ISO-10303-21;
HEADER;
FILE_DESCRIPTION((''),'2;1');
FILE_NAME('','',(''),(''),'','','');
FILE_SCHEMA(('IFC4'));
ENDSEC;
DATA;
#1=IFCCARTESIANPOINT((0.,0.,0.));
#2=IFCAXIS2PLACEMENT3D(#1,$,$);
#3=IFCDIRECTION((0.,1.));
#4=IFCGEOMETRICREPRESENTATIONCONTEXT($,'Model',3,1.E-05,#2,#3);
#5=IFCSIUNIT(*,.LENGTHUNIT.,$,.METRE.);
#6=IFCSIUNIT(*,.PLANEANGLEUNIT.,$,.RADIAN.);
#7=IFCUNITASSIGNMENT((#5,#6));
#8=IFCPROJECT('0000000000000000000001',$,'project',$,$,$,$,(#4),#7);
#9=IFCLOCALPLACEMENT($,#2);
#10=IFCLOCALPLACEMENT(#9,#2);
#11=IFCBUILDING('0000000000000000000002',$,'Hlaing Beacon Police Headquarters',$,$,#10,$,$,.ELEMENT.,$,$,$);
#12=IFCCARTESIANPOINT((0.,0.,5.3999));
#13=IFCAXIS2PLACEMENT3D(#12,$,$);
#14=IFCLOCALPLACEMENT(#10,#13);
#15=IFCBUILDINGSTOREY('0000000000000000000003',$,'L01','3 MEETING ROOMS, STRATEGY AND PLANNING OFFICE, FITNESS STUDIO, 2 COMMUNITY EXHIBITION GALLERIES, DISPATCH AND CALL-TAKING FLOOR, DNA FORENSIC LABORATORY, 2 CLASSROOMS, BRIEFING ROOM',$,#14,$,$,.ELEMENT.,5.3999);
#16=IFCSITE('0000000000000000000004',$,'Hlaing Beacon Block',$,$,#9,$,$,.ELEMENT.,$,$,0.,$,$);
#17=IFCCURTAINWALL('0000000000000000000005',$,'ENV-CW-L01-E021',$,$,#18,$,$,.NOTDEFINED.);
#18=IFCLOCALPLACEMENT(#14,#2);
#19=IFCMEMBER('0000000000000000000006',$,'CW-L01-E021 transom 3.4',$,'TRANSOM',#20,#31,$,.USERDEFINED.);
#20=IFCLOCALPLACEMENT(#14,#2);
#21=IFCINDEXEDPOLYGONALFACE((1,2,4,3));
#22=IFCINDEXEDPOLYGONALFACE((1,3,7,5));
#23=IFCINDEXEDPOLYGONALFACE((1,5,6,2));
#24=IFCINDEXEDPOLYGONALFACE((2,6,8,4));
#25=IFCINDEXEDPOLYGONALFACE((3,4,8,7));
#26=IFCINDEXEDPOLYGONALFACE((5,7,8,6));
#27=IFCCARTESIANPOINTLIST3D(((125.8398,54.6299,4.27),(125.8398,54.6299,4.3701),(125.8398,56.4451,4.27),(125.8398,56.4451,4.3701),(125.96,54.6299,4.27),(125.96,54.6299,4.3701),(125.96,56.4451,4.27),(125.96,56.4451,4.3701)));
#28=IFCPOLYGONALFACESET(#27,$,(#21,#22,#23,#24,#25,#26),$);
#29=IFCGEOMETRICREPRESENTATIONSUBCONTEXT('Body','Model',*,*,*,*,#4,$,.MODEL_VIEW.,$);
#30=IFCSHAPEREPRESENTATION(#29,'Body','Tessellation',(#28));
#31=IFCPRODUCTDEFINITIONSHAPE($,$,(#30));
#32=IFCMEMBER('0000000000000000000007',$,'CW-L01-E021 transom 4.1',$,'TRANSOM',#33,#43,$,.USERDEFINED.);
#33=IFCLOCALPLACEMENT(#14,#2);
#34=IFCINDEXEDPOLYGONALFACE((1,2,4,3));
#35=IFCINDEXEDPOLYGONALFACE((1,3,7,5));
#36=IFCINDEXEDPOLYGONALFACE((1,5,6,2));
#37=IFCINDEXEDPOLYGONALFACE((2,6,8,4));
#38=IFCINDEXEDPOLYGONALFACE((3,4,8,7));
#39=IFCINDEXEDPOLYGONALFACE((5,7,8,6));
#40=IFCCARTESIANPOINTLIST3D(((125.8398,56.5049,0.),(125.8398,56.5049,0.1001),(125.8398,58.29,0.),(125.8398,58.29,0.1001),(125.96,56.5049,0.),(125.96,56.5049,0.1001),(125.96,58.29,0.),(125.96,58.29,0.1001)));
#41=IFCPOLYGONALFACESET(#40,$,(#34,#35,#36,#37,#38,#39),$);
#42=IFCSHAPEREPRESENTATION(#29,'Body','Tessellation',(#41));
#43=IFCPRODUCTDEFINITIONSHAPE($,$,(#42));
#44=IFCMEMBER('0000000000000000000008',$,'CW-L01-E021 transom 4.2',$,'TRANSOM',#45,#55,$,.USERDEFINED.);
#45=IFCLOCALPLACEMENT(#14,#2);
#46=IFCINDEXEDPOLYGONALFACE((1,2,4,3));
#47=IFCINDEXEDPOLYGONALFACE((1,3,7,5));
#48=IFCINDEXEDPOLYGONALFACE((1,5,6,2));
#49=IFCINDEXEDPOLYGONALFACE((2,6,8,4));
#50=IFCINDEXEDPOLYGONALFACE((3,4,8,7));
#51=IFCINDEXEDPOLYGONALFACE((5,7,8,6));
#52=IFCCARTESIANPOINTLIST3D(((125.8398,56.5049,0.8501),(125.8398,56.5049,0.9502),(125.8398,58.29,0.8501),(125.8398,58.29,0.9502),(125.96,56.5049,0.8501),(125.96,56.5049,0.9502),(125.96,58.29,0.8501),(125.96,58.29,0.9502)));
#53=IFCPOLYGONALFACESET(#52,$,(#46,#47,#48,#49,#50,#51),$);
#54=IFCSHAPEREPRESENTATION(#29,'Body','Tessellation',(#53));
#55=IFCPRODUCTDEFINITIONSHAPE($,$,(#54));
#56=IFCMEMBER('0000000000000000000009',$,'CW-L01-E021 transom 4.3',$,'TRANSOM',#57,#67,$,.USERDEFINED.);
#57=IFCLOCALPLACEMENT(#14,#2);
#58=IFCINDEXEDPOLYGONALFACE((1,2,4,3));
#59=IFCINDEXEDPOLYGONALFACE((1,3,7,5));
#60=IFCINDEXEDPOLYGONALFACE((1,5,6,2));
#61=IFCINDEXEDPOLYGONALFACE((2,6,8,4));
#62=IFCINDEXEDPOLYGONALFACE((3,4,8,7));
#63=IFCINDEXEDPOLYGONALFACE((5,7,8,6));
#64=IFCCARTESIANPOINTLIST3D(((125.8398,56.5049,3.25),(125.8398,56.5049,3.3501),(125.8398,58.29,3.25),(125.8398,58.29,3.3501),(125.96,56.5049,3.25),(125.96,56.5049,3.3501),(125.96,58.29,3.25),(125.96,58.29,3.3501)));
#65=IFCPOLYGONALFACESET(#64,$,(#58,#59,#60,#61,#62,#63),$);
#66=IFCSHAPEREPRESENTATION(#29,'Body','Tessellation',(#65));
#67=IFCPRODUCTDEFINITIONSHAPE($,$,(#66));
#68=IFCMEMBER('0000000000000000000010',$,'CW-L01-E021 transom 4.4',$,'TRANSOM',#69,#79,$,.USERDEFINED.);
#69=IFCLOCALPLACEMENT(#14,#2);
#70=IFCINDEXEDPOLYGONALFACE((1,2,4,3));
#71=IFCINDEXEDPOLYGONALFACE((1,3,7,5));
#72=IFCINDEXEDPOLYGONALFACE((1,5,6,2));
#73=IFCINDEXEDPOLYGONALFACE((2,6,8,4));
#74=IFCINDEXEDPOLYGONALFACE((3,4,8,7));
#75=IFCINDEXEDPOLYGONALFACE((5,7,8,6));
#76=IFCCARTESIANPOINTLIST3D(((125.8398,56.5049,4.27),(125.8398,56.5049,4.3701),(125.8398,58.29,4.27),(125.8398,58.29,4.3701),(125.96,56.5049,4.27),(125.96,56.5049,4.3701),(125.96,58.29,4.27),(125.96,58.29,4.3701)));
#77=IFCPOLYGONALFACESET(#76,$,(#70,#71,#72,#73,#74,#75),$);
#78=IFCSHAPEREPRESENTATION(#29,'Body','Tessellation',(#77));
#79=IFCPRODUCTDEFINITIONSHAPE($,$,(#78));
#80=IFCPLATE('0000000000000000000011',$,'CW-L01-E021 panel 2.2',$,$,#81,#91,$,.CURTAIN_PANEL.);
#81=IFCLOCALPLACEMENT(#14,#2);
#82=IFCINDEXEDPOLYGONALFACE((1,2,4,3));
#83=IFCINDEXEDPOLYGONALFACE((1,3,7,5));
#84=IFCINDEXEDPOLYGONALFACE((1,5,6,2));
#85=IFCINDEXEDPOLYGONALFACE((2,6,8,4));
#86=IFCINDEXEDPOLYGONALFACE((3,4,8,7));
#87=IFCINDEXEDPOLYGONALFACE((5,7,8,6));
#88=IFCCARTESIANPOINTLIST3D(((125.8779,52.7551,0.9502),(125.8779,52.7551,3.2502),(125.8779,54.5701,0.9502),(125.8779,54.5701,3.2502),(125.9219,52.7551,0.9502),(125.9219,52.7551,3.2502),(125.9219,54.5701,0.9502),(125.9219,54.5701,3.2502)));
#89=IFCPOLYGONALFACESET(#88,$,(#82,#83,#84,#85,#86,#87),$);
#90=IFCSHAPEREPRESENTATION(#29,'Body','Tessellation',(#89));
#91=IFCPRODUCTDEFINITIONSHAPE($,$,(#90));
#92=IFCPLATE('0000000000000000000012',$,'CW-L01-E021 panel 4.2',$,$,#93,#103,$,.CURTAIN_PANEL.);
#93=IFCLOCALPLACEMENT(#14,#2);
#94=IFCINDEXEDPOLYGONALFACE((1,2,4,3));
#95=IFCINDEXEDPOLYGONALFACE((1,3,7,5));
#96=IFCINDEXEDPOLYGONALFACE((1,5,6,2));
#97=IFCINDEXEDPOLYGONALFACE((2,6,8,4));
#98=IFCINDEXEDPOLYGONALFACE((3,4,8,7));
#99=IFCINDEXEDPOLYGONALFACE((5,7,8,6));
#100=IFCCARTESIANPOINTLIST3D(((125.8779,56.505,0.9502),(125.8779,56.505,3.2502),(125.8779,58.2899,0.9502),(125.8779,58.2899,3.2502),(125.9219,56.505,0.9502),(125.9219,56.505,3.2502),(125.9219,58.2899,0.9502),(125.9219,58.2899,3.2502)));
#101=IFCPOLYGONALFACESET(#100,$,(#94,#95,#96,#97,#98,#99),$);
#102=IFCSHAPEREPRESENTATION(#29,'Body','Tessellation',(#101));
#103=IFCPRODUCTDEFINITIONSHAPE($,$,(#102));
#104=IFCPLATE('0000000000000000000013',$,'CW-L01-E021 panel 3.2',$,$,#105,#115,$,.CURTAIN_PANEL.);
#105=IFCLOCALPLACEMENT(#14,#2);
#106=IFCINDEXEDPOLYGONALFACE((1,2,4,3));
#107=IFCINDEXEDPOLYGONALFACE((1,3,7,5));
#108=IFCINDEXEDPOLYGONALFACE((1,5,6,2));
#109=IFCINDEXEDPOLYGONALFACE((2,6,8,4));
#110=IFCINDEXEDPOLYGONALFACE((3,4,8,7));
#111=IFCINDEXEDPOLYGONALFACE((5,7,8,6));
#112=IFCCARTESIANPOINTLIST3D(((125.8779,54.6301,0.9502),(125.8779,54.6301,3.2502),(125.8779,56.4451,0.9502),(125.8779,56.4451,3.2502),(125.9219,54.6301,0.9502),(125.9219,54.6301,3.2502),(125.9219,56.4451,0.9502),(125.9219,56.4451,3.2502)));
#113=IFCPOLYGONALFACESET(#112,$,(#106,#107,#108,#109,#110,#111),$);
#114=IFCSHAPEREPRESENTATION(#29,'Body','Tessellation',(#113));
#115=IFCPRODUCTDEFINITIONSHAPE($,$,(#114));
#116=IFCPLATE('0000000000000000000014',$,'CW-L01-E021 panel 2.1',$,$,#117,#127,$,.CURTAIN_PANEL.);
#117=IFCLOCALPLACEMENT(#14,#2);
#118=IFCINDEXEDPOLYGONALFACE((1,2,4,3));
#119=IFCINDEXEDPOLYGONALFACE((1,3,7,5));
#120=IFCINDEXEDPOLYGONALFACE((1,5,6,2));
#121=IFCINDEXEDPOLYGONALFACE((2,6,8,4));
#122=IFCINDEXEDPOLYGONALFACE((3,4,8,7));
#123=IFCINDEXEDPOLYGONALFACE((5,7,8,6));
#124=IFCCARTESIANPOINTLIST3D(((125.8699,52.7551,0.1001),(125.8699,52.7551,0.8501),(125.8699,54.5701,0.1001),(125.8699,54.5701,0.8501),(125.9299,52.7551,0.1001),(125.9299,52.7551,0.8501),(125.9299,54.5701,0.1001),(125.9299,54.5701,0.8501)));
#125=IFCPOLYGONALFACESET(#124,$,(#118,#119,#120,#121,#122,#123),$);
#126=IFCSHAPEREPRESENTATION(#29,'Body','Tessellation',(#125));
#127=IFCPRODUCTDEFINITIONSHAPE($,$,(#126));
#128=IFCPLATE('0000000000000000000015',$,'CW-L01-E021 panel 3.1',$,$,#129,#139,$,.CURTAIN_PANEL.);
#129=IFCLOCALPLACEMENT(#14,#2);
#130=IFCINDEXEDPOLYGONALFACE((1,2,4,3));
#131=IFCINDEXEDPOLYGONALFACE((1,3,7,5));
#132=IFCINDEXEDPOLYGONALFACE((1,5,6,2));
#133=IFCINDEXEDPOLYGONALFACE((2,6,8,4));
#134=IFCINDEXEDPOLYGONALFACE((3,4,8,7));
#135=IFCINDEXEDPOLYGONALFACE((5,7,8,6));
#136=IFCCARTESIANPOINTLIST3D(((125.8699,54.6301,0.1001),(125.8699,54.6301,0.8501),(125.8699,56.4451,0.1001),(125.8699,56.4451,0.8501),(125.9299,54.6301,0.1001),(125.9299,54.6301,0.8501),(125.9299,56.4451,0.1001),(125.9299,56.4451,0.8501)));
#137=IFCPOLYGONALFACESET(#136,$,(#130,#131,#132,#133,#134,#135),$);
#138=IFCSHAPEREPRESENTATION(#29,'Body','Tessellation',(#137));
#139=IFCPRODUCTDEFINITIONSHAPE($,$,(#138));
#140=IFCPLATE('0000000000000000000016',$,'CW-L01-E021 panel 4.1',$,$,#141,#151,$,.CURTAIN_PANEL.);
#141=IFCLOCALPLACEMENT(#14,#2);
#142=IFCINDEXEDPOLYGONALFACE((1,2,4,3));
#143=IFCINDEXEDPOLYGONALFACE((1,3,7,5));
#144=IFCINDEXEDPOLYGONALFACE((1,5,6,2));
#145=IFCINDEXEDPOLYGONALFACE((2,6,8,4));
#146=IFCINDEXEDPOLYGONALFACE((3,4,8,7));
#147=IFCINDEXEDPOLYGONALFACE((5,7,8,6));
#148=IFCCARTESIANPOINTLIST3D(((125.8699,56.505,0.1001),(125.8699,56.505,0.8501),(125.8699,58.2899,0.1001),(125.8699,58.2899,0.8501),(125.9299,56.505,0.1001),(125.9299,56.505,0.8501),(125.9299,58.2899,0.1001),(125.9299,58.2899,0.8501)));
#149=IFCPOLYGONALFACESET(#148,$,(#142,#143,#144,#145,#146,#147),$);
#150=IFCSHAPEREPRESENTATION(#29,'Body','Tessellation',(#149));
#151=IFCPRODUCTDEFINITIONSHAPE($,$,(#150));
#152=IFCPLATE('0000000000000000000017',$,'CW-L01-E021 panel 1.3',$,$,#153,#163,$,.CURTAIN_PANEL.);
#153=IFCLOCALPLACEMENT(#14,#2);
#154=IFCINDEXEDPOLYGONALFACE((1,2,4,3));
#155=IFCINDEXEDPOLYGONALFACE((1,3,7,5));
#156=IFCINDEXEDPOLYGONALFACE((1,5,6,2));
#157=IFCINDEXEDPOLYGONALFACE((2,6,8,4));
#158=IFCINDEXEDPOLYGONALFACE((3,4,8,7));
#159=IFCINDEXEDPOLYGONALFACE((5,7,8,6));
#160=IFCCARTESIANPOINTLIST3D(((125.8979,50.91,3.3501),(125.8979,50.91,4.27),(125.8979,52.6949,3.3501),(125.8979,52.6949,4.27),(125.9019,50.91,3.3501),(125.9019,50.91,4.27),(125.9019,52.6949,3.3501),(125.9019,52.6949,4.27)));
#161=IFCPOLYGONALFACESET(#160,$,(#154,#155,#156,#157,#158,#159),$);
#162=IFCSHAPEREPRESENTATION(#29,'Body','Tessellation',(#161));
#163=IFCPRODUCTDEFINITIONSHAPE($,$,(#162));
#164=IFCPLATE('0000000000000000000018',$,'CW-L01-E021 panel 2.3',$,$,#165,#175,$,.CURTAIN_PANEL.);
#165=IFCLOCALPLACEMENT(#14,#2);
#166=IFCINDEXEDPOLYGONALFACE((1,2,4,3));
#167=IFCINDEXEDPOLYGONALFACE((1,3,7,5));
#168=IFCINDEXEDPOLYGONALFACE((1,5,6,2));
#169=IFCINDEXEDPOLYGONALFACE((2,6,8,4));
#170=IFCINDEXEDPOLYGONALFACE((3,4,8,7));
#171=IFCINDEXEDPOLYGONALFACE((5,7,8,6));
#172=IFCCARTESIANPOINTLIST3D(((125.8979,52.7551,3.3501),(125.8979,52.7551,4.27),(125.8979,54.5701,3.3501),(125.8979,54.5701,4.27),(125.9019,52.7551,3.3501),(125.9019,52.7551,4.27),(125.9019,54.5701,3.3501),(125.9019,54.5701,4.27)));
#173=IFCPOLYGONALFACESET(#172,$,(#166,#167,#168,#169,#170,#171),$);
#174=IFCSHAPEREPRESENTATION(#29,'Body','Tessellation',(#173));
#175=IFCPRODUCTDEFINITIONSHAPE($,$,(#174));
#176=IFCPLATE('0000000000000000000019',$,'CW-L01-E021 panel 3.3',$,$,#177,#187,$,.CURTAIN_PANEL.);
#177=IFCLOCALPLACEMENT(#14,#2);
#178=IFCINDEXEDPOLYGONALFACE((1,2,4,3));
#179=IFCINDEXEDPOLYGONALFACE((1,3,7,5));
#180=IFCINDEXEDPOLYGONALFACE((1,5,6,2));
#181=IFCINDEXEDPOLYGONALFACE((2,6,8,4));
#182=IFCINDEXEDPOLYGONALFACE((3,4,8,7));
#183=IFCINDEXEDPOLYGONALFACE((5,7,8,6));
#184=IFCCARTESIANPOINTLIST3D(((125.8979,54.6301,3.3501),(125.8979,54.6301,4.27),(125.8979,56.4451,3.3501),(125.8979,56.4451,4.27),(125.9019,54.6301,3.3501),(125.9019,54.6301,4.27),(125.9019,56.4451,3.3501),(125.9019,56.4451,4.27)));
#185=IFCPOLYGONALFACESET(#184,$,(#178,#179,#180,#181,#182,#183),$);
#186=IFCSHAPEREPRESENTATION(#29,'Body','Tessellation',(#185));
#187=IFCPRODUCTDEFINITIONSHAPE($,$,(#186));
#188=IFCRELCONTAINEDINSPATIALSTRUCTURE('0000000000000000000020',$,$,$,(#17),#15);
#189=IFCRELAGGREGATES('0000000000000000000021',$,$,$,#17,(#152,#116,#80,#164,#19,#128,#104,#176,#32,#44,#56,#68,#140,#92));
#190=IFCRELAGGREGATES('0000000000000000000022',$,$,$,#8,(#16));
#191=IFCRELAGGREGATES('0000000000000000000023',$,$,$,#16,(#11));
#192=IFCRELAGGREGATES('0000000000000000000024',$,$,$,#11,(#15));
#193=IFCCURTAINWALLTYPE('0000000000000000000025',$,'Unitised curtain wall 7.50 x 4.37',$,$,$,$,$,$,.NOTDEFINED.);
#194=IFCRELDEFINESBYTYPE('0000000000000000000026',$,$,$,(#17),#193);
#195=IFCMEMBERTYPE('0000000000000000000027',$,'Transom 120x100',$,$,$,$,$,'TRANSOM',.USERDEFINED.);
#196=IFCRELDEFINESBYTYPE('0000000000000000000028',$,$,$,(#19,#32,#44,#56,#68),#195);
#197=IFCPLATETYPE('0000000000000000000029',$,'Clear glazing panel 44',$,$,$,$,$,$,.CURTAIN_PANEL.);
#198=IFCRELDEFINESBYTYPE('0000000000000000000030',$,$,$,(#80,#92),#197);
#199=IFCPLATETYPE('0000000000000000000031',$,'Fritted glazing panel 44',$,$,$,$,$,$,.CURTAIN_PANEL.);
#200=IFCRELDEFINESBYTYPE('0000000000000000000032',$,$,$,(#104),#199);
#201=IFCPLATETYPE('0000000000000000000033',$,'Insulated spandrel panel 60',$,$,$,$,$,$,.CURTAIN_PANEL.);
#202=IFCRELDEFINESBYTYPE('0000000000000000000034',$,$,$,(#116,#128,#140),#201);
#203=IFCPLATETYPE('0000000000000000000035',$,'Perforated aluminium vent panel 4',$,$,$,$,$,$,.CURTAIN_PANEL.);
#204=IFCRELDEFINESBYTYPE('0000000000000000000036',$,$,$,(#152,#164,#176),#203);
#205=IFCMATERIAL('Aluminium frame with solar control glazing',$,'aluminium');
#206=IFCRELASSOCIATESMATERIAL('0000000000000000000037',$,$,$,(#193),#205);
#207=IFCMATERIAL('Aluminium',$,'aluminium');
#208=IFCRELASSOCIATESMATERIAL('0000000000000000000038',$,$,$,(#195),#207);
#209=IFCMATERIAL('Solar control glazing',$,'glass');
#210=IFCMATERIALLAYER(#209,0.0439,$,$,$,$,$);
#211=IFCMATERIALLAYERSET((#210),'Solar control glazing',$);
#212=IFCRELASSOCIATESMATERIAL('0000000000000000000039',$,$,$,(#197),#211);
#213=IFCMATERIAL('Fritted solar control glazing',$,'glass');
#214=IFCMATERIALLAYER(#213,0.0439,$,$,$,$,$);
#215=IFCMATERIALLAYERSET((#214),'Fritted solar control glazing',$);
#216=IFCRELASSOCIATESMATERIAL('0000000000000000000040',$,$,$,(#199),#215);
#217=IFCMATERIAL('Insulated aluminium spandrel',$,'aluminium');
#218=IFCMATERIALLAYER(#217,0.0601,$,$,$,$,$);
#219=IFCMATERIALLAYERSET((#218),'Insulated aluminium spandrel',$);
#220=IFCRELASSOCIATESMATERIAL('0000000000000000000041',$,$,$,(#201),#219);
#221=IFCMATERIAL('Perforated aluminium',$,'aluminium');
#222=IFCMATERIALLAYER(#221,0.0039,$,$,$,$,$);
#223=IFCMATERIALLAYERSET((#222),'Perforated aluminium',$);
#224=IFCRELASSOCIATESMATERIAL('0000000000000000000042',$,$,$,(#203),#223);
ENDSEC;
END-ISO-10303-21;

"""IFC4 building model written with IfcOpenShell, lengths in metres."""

from ifc_helpers import new_model, si_unit, direction, frame, origin, origin_2d, place, context, subcontext, project, spatial, rectangle, extrude, material, layer, layer_set, material_profile, profile_set, type_object, element, aggregate, save


model = new_model("IFC4")

# Units and contexts
model_context = context("Model", 3, precision=1e-05, world=origin(), true_north=direction((0.0, 1.0)))
body_context = subcontext(model_context, "Body", "Model", "MODEL_VIEW")
ifc_project = project(units=[si_unit("LENGTHUNIT", "METRE"), si_unit("PLANEANGLEUNIT", "RADIAN")], contexts=[model_context])

# Site, building, storey
site_placement = place(None, origin())
site = spatial("IfcSite", under=ifc_project, at=site_placement, Name="Hlaing Beacon Block", CompositionType="ELEMENT", RefElevation=0.0)
building_placement = place(site_placement, origin())
building = spatial("IfcBuilding", under=site, at=building_placement, Name="Hlaing Beacon Police Headquarters", CompositionType="ELEMENT")
storey_placement = place(building_placement, frame((0.0, 0.0, 5.3999)))
storey = spatial("IfcBuildingStorey", under=building, at=storey_placement, Name="L01", Description="3 MEETING ROOMS, STRATEGY AND PLANNING OFFICE, FITNESS STUDIO, 2 COMMUNITY EXHIBITION GALLERIES, DISPATCH AND CALL-TAKING FLOOR, DNA FORENSIC LABORATORY, 2 CLASSROOMS, BRIEFING ROOM", CompositionType="ELEMENT", Elevation=5.3999)

# Curtain wall
ifc_material_1 = material(Name="Aluminium frame with solar control glazing", Category="aluminium")
curtain_wall_type = type_object("IfcCurtainWallType", Name="Unitised curtain wall 7.50 x 4.37", PredefinedType="NOTDEFINED", material=ifc_material_1)
curtain_wall_1_placement = place(storey_placement, origin())
curtain_wall_1 = element("IfcCurtainWall", 1, at=curtain_wall_1_placement, inside=storey, type_object=curtain_wall_type, Name="ENV-CW-L01-E021", PredefinedType="NOTDEFINED")

# Members
ifc_material_2 = material(Name="Aluminium", Category="aluminium")
ifc_material_profile_1 = material_profile(ifc_material_2, rectangle(XDim=0.1201, YDim=0.1001, at=origin_2d()), Name="Transom 120x100")
ifc_profile_set_1 = profile_set([ifc_material_profile_1], Name="Aluminium")
member_type_1 = type_object("IfcMemberType", Name="Transom 120x100", ElementType="TRANSOM", PredefinedType="USERDEFINED", material=ifc_profile_set_1)
member_1_placement = place(storey_placement, frame((125.8999, 54.6299, 4.3201), z_axis=(0.0, 1.0, 0.0), x_axis=(-1.0, 0.0, 0.0)))
member_1 = element("IfcMember", 2, at=member_1_placement, type_object=member_type_1, Name="CW-L01-E021 transom 3.4", ObjectType="TRANSOM", PredefinedType="USERDEFINED", context=body_context, shape_type="SweptSolid", body=[
    extrude(rectangle(XDim=0.1201, YDim=0.1001, at=origin_2d()), origin(), (0.0, 0.0, 1.0), 1.8152),
])
member_2_placement = place(storey_placement, frame((125.8999, 56.5049, 0.05), z_axis=(0.0, 1.0, 0.0), x_axis=(-1.0, 0.0, 0.0)))
member_2 = element("IfcMember", 3, at=member_2_placement, type_object=member_type_1, Name="CW-L01-E021 transom 4.1", ObjectType="TRANSOM", PredefinedType="USERDEFINED", context=body_context, shape_type="SweptSolid", body=[
    extrude(rectangle(XDim=0.1201, YDim=0.1001, at=origin_2d()), origin(), (0.0, 0.0, 1.0), 1.7852),
])
member_3_placement = place(storey_placement, frame((125.8999, 56.5049, 0.9001), z_axis=(0.0, 1.0, 0.0), x_axis=(-1.0, 0.0, 0.0)))
member_3 = element("IfcMember", 4, at=member_3_placement, type_object=member_type_1, Name="CW-L01-E021 transom 4.2", ObjectType="TRANSOM", PredefinedType="USERDEFINED", context=body_context, shape_type="SweptSolid", body=[
    extrude(rectangle(XDim=0.1201, YDim=0.1001, at=origin_2d()), origin(), (0.0, 0.0, 1.0), 1.7852),
])
member_4_placement = place(storey_placement, frame((125.8999, 56.5049, 3.3), z_axis=(0.0, 1.0, 0.0), x_axis=(-1.0, 0.0, 0.0)))
member_4 = element("IfcMember", 5, at=member_4_placement, type_object=member_type_1, Name="CW-L01-E021 transom 4.3", ObjectType="TRANSOM", PredefinedType="USERDEFINED", context=body_context, shape_type="SweptSolid", body=[
    extrude(rectangle(XDim=0.1201, YDim=0.1001, at=origin_2d()), origin(), (0.0, 0.0, 1.0), 1.7852),
])
member_5_placement = place(storey_placement, frame((125.8999, 56.5049, 4.3201), z_axis=(0.0, 1.0, 0.0), x_axis=(-1.0, 0.0, 0.0)))
member_5 = element("IfcMember", 6, at=member_5_placement, type_object=member_type_1, Name="CW-L01-E021 transom 4.4", ObjectType="TRANSOM", PredefinedType="USERDEFINED", context=body_context, shape_type="SweptSolid", body=[
    extrude(rectangle(XDim=0.1201, YDim=0.1001, at=origin_2d()), origin(), (0.0, 0.0, 1.0), 1.7852),
])

# Plates
ifc_material_3 = material(Name="Solar control glazing", Category="glass")
ifc_layer_1 = layer(ifc_material_3, 0.0439)
ifc_layer_set_1 = layer_set([ifc_layer_1], Name="Solar control glazing")
plate_type_1 = type_object("IfcPlateType", Name="Clear glazing panel 44", PredefinedType="CURTAIN_PANEL", material=ifc_layer_set_1)
plate_1_placement = place(storey_placement, frame((125.8999, 53.6626, 0.9502), z_axis=(0.0, 0.0, 1.0), x_axis=(0.0, 1.0, 0.0)))
plate_1 = element("IfcPlate", 7, at=plate_1_placement, type_object=plate_type_1, Name="CW-L01-E021 panel 2.2", PredefinedType="CURTAIN_PANEL", context=body_context, shape_type="SweptSolid", body=[
    extrude(rectangle(XDim=1.8149, YDim=0.0439, at=origin_2d()), origin(), (0.0, 0.0, 1.0), 2.3),
])
plate_2_placement = place(storey_placement, frame((125.8999, 57.3975, 0.9502), z_axis=(0.0, 0.0, 1.0), x_axis=(0.0, 1.0, 0.0)))
plate_2 = element("IfcPlate", 8, at=plate_2_placement, type_object=plate_type_1, Name="CW-L01-E021 panel 4.2", PredefinedType="CURTAIN_PANEL", context=body_context, shape_type="SweptSolid", body=[
    extrude(rectangle(XDim=1.7849, YDim=0.0439, at=origin_2d()), origin(), (0.0, 0.0, 1.0), 2.3),
])
ifc_material_4 = material(Name="Fritted solar control glazing", Category="glass")
ifc_layer_2 = layer(ifc_material_4, 0.0439)
ifc_layer_set_2 = layer_set([ifc_layer_2], Name="Fritted solar control glazing")
plate_type_2 = type_object("IfcPlateType", Name="Fritted glazing panel 44", PredefinedType="CURTAIN_PANEL", material=ifc_layer_set_2)
plate_3_placement = place(storey_placement, frame((125.8999, 55.5376, 0.9502), z_axis=(0.0, 0.0, 1.0), x_axis=(0.0, 1.0, 0.0)))
plate_3 = element("IfcPlate", 9, at=plate_3_placement, type_object=plate_type_2, Name="CW-L01-E021 panel 3.2", PredefinedType="CURTAIN_PANEL", context=body_context, shape_type="SweptSolid", body=[
    extrude(rectangle(XDim=1.8149, YDim=0.0439, at=origin_2d()), origin(), (0.0, 0.0, 1.0), 2.3),
])
ifc_material_5 = material(Name="Insulated aluminium spandrel", Category="aluminium")
ifc_layer_3 = layer(ifc_material_5, 0.0601)
ifc_layer_set_3 = layer_set([ifc_layer_3], Name="Insulated aluminium spandrel")
plate_type_3 = type_object("IfcPlateType", Name="Insulated spandrel panel 60", PredefinedType="CURTAIN_PANEL", material=ifc_layer_set_3)
plate_4_placement = place(storey_placement, frame((125.8999, 53.6626, 0.1001), z_axis=(0.0, 0.0, 1.0), x_axis=(0.0, 1.0, 0.0)))
plate_4 = element("IfcPlate", 10, at=plate_4_placement, type_object=plate_type_3, Name="CW-L01-E021 panel 2.1", PredefinedType="CURTAIN_PANEL", context=body_context, shape_type="SweptSolid", body=[
    extrude(rectangle(XDim=1.8149, YDim=0.0601, at=origin_2d()), origin(), (0.0, 0.0, 1.0), 0.75),
])
plate_5_placement = place(storey_placement, frame((125.8999, 55.5376, 0.1001), z_axis=(0.0, 0.0, 1.0), x_axis=(0.0, 1.0, 0.0)))
plate_5 = element("IfcPlate", 11, at=plate_5_placement, type_object=plate_type_3, Name="CW-L01-E021 panel 3.1", PredefinedType="CURTAIN_PANEL", context=body_context, shape_type="SweptSolid", body=[
    extrude(rectangle(XDim=1.8149, YDim=0.0601, at=origin_2d()), origin(), (0.0, 0.0, 1.0), 0.75),
])
plate_6_placement = place(storey_placement, frame((125.8999, 57.3975, 0.1001), z_axis=(0.0, 0.0, 1.0), x_axis=(0.0, 1.0, 0.0)))
plate_6 = element("IfcPlate", 12, at=plate_6_placement, type_object=plate_type_3, Name="CW-L01-E021 panel 4.1", PredefinedType="CURTAIN_PANEL", context=body_context, shape_type="SweptSolid", body=[
    extrude(rectangle(XDim=1.7849, YDim=0.0601, at=origin_2d()), origin(), (0.0, 0.0, 1.0), 0.75),
])
ifc_material_6 = material(Name="Perforated aluminium", Category="aluminium")
ifc_layer_4 = layer(ifc_material_6, 0.0039)
ifc_layer_set_4 = layer_set([ifc_layer_4], Name="Perforated aluminium")
plate_type_4 = type_object("IfcPlateType", Name="Perforated aluminium vent panel 4", PredefinedType="CURTAIN_PANEL", material=ifc_layer_set_4)
plate_7_placement = place(storey_placement, frame((125.8999, 51.8025, 3.3501), z_axis=(0.0, 0.0, 1.0), x_axis=(0.0, 1.0, 0.0)))
plate_7 = element("IfcPlate", 13, at=plate_7_placement, type_object=plate_type_4, Name="CW-L01-E021 panel 1.3", PredefinedType="CURTAIN_PANEL", context=body_context, shape_type="SweptSolid", body=[
    extrude(rectangle(XDim=1.7849, YDim=0.0039, at=origin_2d()), origin(), (0.0, 0.0, 1.0), 0.9199),
])
plate_8_placement = place(storey_placement, frame((125.8999, 53.6626, 3.3501), z_axis=(0.0, 0.0, 1.0), x_axis=(0.0, 1.0, 0.0)))
plate_8 = element("IfcPlate", 14, at=plate_8_placement, type_object=plate_type_4, Name="CW-L01-E021 panel 2.3", PredefinedType="CURTAIN_PANEL", context=body_context, shape_type="SweptSolid", body=[
    extrude(rectangle(XDim=1.8149, YDim=0.0039, at=origin_2d()), origin(), (0.0, 0.0, 1.0), 0.9199),
])
plate_9_placement = place(storey_placement, frame((125.8999, 55.5376, 3.3501), z_axis=(0.0, 0.0, 1.0), x_axis=(0.0, 1.0, 0.0)))
plate_9 = element("IfcPlate", 15, at=plate_9_placement, type_object=plate_type_4, Name="CW-L01-E021 panel 3.3", PredefinedType="CURTAIN_PANEL", context=body_context, shape_type="SweptSolid", body=[
    extrude(rectangle(XDim=1.8149, YDim=0.0039, at=origin_2d()), origin(), (0.0, 0.0, 1.0), 0.9199),
])
aggregate(curtain_wall_1, [plate_7, plate_4, plate_1, plate_8, member_1, plate_5, plate_3, plate_9, member_2, member_3, member_4, member_5, plate_6, plate_2])

save(model, "model.ifc")
